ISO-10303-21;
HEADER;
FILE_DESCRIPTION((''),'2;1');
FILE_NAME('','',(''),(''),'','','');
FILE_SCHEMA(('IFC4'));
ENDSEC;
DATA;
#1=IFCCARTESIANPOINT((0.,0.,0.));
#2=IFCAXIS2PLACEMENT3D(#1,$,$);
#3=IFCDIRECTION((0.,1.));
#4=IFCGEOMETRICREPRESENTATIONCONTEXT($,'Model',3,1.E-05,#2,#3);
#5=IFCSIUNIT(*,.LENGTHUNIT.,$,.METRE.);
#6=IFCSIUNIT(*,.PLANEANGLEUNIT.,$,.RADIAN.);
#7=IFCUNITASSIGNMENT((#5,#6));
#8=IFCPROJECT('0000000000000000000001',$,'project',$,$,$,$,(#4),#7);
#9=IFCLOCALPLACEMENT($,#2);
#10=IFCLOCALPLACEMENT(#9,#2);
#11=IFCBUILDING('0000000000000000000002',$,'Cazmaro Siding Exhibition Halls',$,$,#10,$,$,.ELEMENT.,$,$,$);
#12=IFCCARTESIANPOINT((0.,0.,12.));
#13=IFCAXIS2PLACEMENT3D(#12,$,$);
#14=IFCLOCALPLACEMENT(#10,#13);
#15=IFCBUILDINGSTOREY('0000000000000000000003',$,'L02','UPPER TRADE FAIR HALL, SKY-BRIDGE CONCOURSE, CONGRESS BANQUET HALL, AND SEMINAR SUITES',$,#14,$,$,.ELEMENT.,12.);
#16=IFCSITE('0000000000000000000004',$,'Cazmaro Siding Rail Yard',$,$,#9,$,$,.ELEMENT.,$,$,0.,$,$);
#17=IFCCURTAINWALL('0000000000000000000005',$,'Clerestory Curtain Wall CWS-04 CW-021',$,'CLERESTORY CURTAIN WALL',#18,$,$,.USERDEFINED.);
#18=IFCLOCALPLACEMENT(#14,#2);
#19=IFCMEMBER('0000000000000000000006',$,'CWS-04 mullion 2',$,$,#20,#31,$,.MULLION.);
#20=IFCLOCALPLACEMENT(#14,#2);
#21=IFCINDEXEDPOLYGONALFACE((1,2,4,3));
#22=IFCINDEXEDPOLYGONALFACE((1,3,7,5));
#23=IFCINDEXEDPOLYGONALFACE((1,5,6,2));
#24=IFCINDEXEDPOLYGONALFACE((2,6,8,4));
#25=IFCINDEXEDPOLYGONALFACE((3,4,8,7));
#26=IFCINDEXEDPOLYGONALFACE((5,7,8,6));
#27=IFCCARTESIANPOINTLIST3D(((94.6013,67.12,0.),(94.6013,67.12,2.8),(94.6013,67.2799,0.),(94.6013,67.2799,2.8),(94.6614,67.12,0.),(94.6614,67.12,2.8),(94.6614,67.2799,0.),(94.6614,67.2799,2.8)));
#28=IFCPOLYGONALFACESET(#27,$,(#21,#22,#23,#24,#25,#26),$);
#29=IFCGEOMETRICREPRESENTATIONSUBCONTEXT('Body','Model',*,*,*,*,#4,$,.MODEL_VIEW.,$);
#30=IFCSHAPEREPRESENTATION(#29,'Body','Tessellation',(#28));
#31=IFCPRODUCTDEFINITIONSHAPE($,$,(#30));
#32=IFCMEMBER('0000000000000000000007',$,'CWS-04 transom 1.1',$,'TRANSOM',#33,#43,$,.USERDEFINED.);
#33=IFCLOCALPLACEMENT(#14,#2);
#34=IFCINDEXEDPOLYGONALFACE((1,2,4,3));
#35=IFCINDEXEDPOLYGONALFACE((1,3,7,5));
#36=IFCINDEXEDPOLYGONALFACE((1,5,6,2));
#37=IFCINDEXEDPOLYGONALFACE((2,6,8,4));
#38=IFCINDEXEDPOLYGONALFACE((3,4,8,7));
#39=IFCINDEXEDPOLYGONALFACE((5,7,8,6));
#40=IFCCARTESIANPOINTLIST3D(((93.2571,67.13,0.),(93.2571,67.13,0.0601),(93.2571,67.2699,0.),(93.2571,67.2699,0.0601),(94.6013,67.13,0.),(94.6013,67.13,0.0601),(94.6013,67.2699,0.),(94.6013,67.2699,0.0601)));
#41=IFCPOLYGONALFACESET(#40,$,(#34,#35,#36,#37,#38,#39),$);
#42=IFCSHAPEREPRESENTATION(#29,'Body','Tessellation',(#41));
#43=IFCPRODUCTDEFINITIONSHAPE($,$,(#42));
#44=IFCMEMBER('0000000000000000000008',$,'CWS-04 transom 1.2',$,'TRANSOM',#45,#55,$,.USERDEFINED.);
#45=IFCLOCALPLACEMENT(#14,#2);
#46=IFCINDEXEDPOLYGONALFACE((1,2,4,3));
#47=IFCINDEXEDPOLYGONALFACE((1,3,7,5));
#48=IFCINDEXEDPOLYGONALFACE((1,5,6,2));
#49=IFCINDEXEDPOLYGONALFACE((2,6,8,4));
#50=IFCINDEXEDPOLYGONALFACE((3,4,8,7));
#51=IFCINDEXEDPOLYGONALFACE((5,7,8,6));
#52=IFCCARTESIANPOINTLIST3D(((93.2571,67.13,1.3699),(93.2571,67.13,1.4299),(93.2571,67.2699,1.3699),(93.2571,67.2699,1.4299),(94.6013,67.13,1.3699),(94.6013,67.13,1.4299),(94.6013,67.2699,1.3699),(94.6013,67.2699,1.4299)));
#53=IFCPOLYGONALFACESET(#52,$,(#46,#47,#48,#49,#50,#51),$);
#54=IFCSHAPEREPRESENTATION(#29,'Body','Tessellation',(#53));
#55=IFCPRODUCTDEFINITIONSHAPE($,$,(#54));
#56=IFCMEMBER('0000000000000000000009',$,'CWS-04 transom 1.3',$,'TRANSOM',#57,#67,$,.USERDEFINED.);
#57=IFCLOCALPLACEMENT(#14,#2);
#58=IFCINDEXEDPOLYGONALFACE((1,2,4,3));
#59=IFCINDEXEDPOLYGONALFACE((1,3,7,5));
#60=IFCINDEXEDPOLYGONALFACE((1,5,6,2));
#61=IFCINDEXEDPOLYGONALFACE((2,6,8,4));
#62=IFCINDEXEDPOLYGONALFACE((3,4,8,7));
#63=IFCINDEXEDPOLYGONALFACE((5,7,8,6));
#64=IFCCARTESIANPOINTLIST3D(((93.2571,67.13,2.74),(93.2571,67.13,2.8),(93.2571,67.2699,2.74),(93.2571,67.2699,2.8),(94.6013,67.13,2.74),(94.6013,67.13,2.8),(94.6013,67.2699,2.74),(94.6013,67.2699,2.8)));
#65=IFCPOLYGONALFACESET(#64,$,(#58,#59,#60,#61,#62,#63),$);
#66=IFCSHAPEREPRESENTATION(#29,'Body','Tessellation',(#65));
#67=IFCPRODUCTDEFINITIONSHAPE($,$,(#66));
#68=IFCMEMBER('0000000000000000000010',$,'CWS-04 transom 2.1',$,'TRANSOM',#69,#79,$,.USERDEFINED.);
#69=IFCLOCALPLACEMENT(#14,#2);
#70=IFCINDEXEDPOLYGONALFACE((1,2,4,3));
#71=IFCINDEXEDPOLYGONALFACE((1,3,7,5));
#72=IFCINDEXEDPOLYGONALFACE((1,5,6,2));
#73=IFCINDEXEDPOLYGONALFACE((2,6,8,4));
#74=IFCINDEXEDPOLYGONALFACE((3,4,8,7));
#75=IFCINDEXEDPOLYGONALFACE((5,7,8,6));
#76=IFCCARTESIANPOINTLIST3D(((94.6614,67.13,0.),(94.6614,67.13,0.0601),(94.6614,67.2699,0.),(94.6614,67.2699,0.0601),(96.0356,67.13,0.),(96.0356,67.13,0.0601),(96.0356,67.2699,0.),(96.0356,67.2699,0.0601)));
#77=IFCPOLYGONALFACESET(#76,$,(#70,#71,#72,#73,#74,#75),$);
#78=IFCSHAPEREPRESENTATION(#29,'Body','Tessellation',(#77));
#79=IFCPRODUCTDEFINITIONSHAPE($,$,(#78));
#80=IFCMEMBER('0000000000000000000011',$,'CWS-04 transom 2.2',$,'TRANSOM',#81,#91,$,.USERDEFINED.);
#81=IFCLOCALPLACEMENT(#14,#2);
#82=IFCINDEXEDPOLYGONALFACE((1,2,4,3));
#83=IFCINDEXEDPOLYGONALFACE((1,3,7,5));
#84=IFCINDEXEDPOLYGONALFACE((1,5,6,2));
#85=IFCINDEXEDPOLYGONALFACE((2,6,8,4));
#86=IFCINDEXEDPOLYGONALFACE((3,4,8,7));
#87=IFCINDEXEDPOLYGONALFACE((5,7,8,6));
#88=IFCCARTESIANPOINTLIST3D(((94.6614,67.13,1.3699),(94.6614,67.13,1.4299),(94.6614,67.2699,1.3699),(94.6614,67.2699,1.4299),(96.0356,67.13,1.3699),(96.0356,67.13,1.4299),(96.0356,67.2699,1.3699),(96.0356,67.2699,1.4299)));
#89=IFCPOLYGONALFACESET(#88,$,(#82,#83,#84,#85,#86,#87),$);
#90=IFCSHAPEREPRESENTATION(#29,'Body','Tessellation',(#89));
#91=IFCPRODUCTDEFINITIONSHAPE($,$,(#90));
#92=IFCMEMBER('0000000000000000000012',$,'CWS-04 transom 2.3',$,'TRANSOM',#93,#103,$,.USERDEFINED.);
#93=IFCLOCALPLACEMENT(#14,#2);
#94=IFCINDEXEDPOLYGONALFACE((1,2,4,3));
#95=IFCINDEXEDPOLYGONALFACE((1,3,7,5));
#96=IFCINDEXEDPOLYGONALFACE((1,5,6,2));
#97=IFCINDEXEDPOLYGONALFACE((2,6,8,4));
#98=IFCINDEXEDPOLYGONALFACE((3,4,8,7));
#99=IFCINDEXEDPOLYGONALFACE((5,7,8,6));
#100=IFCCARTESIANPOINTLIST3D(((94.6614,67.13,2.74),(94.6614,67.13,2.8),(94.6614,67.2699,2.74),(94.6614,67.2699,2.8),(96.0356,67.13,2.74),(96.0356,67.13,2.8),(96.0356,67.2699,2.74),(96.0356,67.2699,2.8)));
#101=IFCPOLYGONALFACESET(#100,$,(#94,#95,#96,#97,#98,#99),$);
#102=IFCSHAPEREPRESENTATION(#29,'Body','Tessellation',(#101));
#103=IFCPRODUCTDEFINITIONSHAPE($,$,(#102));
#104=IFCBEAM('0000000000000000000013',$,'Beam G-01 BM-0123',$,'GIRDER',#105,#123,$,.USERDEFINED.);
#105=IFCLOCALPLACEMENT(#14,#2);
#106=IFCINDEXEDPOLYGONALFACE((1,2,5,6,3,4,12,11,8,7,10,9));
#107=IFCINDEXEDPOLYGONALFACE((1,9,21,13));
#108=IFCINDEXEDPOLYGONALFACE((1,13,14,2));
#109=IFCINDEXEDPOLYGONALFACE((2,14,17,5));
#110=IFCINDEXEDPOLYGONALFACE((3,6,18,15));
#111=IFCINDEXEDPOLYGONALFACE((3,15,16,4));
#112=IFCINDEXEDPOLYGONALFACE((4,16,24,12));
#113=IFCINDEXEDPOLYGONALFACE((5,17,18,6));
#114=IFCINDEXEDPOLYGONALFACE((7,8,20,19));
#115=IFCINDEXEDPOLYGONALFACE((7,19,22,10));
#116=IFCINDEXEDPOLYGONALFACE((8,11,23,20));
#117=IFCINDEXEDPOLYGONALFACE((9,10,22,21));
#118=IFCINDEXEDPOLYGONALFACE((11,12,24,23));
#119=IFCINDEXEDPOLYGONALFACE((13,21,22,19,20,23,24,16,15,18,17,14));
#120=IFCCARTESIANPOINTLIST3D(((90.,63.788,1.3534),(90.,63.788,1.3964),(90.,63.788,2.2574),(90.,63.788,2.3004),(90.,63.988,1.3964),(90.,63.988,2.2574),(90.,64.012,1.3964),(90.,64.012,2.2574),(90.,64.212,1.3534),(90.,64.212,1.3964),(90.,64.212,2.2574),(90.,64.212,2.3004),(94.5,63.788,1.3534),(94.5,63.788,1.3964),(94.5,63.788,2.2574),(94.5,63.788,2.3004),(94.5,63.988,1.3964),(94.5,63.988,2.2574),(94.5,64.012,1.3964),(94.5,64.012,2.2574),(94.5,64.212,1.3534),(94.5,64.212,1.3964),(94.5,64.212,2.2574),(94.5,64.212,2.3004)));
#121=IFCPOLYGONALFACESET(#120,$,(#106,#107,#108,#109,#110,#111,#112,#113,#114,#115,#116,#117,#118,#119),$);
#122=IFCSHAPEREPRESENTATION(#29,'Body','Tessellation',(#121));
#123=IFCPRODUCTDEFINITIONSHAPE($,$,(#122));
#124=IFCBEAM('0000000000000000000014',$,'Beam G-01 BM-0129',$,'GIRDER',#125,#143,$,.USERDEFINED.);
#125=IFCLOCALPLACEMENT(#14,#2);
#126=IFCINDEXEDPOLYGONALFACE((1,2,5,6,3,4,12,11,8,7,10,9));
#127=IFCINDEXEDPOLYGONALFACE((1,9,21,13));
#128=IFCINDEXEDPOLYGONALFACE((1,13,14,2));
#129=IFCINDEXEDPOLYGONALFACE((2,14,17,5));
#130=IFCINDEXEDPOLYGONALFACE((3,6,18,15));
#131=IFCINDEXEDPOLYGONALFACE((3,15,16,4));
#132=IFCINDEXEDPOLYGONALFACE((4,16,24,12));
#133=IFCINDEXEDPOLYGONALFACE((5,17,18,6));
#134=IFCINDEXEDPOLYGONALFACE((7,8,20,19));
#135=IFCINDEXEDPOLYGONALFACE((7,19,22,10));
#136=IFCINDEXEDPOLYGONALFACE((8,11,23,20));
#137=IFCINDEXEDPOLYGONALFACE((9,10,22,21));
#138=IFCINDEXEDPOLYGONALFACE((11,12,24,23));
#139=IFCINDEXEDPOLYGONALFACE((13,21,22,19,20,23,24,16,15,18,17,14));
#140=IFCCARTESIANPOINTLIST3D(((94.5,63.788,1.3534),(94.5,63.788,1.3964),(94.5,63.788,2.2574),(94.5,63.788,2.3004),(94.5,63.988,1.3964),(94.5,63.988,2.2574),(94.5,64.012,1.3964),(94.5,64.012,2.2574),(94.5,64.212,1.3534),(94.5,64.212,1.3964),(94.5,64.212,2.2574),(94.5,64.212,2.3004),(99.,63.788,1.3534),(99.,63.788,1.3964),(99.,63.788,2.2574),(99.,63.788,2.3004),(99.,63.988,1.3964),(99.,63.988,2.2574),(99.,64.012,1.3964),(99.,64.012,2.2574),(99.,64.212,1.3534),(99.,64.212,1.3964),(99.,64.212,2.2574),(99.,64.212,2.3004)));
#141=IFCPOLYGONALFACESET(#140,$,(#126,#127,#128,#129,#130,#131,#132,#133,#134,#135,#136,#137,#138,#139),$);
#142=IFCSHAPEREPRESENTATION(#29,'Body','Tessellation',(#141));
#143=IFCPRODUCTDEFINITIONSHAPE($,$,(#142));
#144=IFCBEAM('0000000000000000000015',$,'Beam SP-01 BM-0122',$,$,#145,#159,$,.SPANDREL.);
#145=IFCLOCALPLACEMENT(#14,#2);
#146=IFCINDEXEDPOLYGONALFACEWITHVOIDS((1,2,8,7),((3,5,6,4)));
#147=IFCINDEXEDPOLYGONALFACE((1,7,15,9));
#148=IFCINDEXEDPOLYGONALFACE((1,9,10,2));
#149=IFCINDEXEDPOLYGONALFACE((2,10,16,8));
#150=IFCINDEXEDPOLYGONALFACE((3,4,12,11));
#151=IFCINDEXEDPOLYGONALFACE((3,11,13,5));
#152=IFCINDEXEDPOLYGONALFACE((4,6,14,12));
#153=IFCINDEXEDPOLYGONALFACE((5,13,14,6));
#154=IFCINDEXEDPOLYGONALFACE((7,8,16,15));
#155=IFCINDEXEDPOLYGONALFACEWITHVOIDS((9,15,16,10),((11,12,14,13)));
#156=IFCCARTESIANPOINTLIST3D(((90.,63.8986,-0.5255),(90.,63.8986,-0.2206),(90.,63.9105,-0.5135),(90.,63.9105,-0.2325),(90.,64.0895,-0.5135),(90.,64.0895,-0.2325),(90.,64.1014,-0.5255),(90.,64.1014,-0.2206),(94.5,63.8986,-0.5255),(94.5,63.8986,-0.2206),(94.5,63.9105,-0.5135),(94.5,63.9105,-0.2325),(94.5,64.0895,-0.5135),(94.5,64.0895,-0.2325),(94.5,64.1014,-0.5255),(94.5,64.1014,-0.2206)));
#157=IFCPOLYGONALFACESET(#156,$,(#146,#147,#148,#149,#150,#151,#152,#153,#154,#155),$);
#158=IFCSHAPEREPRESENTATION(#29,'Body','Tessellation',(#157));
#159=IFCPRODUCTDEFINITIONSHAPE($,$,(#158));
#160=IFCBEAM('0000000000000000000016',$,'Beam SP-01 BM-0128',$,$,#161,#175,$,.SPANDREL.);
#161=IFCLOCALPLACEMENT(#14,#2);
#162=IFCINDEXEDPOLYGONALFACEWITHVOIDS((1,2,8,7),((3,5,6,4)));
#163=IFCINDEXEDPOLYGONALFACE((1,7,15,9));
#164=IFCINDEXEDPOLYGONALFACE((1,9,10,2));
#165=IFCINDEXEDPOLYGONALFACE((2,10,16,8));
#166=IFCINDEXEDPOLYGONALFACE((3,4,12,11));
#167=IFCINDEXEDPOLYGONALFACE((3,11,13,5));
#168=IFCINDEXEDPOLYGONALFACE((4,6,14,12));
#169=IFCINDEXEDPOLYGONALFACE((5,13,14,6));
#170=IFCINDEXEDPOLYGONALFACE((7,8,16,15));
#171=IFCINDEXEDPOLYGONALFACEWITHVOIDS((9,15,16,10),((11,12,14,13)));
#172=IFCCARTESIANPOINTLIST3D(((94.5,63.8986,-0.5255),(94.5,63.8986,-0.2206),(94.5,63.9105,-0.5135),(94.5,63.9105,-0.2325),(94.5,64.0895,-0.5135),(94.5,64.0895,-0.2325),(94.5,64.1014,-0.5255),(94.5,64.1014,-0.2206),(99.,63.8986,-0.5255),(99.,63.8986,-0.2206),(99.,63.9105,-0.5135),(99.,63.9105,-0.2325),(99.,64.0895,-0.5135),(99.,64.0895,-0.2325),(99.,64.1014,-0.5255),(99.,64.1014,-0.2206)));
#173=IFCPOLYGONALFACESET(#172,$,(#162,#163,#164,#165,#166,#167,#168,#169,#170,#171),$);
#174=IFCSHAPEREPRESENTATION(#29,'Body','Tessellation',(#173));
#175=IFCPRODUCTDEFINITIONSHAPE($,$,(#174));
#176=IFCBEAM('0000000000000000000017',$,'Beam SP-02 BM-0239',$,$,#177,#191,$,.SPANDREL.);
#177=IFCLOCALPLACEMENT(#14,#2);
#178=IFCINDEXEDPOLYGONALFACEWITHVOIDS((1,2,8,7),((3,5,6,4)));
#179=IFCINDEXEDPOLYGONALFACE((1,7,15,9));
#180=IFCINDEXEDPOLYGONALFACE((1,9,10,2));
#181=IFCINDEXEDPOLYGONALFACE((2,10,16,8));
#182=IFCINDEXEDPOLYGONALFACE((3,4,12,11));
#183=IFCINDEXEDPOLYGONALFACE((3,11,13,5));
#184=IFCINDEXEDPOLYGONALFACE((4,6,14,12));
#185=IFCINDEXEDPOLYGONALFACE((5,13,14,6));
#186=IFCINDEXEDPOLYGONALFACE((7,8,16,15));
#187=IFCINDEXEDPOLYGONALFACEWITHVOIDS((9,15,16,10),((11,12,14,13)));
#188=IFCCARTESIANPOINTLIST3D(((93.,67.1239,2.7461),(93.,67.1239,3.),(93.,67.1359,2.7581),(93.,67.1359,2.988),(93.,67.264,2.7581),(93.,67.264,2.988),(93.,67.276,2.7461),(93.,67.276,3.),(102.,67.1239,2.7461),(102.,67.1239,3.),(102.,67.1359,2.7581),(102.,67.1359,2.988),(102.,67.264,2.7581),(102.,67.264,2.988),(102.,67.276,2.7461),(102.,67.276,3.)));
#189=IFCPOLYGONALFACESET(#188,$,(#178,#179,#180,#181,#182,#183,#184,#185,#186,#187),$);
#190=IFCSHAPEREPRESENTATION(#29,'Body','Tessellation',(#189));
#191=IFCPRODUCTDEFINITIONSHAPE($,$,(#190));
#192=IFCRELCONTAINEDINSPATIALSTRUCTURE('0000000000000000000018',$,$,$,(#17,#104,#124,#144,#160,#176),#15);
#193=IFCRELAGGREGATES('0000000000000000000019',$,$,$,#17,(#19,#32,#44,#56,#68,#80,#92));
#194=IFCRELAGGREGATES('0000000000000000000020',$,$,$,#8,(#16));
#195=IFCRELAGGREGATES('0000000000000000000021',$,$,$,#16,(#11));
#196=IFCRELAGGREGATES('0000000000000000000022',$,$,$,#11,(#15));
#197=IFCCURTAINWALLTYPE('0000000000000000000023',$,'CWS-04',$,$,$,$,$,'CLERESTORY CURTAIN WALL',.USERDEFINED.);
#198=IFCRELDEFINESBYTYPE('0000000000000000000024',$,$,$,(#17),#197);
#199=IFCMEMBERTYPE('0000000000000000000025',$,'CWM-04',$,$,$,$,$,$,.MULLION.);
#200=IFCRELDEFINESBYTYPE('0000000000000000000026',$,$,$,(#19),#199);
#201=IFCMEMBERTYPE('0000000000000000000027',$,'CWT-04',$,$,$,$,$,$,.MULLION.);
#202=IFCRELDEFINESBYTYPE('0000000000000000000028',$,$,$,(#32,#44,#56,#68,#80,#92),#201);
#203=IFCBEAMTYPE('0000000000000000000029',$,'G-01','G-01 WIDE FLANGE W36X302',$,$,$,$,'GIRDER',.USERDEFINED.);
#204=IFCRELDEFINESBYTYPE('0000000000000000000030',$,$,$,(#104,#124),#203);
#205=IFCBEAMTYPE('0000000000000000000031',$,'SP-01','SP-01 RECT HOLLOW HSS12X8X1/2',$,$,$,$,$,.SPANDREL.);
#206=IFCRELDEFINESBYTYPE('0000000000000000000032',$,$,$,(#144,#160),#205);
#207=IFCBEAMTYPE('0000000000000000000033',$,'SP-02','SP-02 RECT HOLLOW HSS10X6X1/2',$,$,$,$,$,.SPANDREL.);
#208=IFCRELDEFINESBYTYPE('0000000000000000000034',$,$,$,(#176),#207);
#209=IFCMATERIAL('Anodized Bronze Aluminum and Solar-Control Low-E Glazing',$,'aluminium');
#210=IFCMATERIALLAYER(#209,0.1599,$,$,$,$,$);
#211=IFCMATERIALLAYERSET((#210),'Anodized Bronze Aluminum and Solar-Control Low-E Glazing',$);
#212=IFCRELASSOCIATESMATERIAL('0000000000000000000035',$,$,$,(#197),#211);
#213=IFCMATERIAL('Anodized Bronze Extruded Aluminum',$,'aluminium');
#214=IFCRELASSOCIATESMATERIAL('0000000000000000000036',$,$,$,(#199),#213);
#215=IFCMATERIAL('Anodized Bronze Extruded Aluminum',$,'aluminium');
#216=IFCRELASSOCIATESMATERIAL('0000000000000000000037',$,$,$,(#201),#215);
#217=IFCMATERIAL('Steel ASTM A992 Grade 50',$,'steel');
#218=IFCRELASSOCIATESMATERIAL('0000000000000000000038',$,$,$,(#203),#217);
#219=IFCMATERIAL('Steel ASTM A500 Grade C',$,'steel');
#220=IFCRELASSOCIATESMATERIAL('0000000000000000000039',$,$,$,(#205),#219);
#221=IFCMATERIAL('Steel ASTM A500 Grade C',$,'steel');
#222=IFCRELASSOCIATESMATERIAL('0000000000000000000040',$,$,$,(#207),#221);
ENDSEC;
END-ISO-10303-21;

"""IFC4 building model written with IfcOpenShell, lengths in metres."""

from ifc_helpers import new_model, si_unit, direction, frame, origin, origin_2d, place, context, subcontext, project, spatial, rectangle, hollow_rectangle, i_section, extrude, material, layer, layer_set, material_profile, profile_set, type_object, element, aggregate, save


model = new_model("IFC4")

# Units and contexts
model_context = context("Model", 3, precision=1e-05, world=origin(), true_north=direction((0.0, 1.0)))
body_context = subcontext(model_context, "Body", "Model", "MODEL_VIEW")
ifc_project = project(units=[si_unit("LENGTHUNIT", "METRE"), si_unit("PLANEANGLEUNIT", "RADIAN")], contexts=[model_context])

# Site, building, storey
site_placement = place(None, origin())
site = spatial("IfcSite", under=ifc_project, at=site_placement, Name="Cazmaro Siding Rail Yard", CompositionType="ELEMENT", RefElevation=0.0)
building_placement = place(site_placement, origin())
building = spatial("IfcBuilding", under=site, at=building_placement, Name="Cazmaro Siding Exhibition Halls", CompositionType="ELEMENT")
storey_placement = place(building_placement, frame((0.0, 0.0, 12.0)))
storey = spatial("IfcBuildingStorey", under=building, at=storey_placement, Name="L02", Description="UPPER TRADE FAIR HALL, SKY-BRIDGE CONCOURSE, CONGRESS BANQUET HALL, AND SEMINAR SUITES", CompositionType="ELEMENT", Elevation=12.0)

# Curtain wall, members
ifc_material_1 = material(Name="Anodized Bronze Aluminum and Solar-Control Low-E Glazing", Category="aluminium")
ifc_layer_1 = layer(ifc_material_1, 0.1599)
ifc_layer_set_1 = layer_set([ifc_layer_1], Name="Anodized Bronze Aluminum and Solar-Control Low-E Glazing")
curtain_wall_type = type_object("IfcCurtainWallType", Name="CWS-04", ElementType="CLERESTORY CURTAIN WALL", PredefinedType="USERDEFINED", material=ifc_layer_set_1)
curtain_wall_placement = place(storey_placement, origin())
curtain_wall = element("IfcCurtainWall", 1, at=curtain_wall_placement, inside=storey, type_object=curtain_wall_type, Name="Clerestory Curtain Wall CWS-04 CW-021", ObjectType="CLERESTORY CURTAIN WALL", PredefinedType="USERDEFINED")
ifc_material_2 = material(Name="Anodized Bronze Extruded Aluminum", Category="aluminium")
ifc_material_profile_1 = material_profile(ifc_material_2, rectangle(XDim=0.1599, YDim=0.0601, at=origin_2d()), Name="CWM-04")
ifc_profile_set_1 = profile_set([ifc_material_profile_1], Name="Anodized Bronze Extruded Aluminum")
member_type_1 = type_object("IfcMemberType", Name="CWM-04", PredefinedType="MULLION", material=ifc_profile_set_1)
member_1_placement = place(storey_placement, frame((94.6313, 67.2, 0.0), z_axis=(0.0, 0.0, 1.0), x_axis=(0.0, 1.0, 0.0)))
member_1 = element("IfcMember", 2, at=member_1_placement, type_object=member_type_1, Name="CWS-04 mullion 2", PredefinedType="MULLION", context=body_context, shape_type="SweptSolid", body=[
    extrude(rectangle(XDim=0.1599, YDim=0.0601, at=origin_2d()), origin(), (0.0, 0.0, 1.0), 2.8),
])
ifc_material_3 = material(Name="Anodized Bronze Extruded Aluminum", Category="aluminium")
ifc_material_profile_2 = material_profile(ifc_material_3, rectangle(XDim=0.1399, YDim=0.0601, at=origin_2d()), Name="CWT-04")
ifc_profile_set_2 = profile_set([ifc_material_profile_2], Name="Anodized Bronze Extruded Aluminum")
member_type_2 = type_object("IfcMemberType", Name="CWT-04", PredefinedType="MULLION", material=ifc_profile_set_2)
member_2_placement = place(storey_placement, frame((93.2571, 67.2, 0.03), z_axis=(1.0, 0.0, 0.0), x_axis=(0.0, 1.0, 0.0)))
member_2 = element("IfcMember", 3, at=member_2_placement, type_object=member_type_2, Name="CWS-04 transom 1.1", ObjectType="TRANSOM", PredefinedType="USERDEFINED", context=body_context, shape_type="SweptSolid", body=[
    extrude(rectangle(XDim=0.1399, YDim=0.0601, at=origin_2d()), origin(), (0.0, 0.0, 1.0), 1.3442),
])
member_3_placement = place(storey_placement, frame((93.2571, 67.2, 1.3999), z_axis=(1.0, 0.0, 0.0), x_axis=(0.0, 1.0, 0.0)))
member_3 = element("IfcMember", 4, at=member_3_placement, type_object=member_type_2, Name="CWS-04 transom 1.2", ObjectType="TRANSOM", PredefinedType="USERDEFINED", context=body_context, shape_type="SweptSolid", body=[
    extrude(rectangle(XDim=0.1399, YDim=0.0601, at=origin_2d()), origin(), (0.0, 0.0, 1.0), 1.3442),
])
member_4_placement = place(storey_placement, frame((93.2571, 67.2, 2.77), z_axis=(1.0, 0.0, 0.0), x_axis=(0.0, 1.0, 0.0)))
member_4 = element("IfcMember", 5, at=member_4_placement, type_object=member_type_2, Name="CWS-04 transom 1.3", ObjectType="TRANSOM", PredefinedType="USERDEFINED", context=body_context, shape_type="SweptSolid", body=[
    extrude(rectangle(XDim=0.1399, YDim=0.0601, at=origin_2d()), origin(), (0.0, 0.0, 1.0), 1.3442),
])
member_5_placement = place(storey_placement, frame((94.6614, 67.2, 0.03), z_axis=(1.0, 0.0, 0.0), x_axis=(0.0, 1.0, 0.0)))
member_5 = element("IfcMember", 6, at=member_5_placement, type_object=member_type_2, Name="CWS-04 transom 2.1", ObjectType="TRANSOM", PredefinedType="USERDEFINED", context=body_context, shape_type="SweptSolid", body=[
    extrude(rectangle(XDim=0.1399, YDim=0.0601, at=origin_2d()), origin(), (0.0, 0.0, 1.0), 1.3743),
])
member_6_placement = place(storey_placement, frame((94.6614, 67.2, 1.3999), z_axis=(1.0, 0.0, 0.0), x_axis=(0.0, 1.0, 0.0)))
member_6 = element("IfcMember", 7, at=member_6_placement, type_object=member_type_2, Name="CWS-04 transom 2.2", ObjectType="TRANSOM", PredefinedType="USERDEFINED", context=body_context, shape_type="SweptSolid", body=[
    extrude(rectangle(XDim=0.1399, YDim=0.0601, at=origin_2d()), origin(), (0.0, 0.0, 1.0), 1.3743),
])
member_7_placement = place(storey_placement, frame((94.6614, 67.2, 2.77), z_axis=(1.0, 0.0, 0.0), x_axis=(0.0, 1.0, 0.0)))
member_7 = element("IfcMember", 8, at=member_7_placement, type_object=member_type_2, Name="CWS-04 transom 2.3", ObjectType="TRANSOM", PredefinedType="USERDEFINED", context=body_context, shape_type="SweptSolid", body=[
    extrude(rectangle(XDim=0.1399, YDim=0.0601, at=origin_2d()), origin(), (0.0, 0.0, 1.0), 1.3743),
])

# Beams
ifc_material_4 = material(Name="Steel ASTM A992 Grade 50", Category="steel")
ifc_material_profile_3 = material_profile(ifc_material_4, i_section(OverallWidth=0.4241, OverallDepth=0.947, WebThickness=0.0239, FlangeThickness=0.043, at=origin_2d()), Name="W36X302")
ifc_profile_set_3 = profile_set([ifc_material_profile_3], Name="Steel ASTM A992 Grade 50")
beam_type_1 = type_object("IfcBeamType", Name="G-01", Description="G-01 WIDE FLANGE W36X302", ElementType="GIRDER", PredefinedType="USERDEFINED", material=ifc_profile_set_3)
for number, where, z_axis, x_axis, name in (
    (9, (90.0, 64.0, 1.8269), (1.0, 0.0, 0.0), (0.0, 1.0, 0.0), "Beam G-01 BM-0123"),
    (10, (94.5, 64.0, 1.8269), (1.0, 0.0, 0.0), (0.0, 1.0, 0.0), "Beam G-01 BM-0129"),
):
    element("IfcBeam", number, at=place(storey_placement, frame(where, z_axis=z_axis, x_axis=x_axis)), inside=storey, type_object=beam_type_1, Name=name, ObjectType="GIRDER", PredefinedType="USERDEFINED", context=body_context, shape_type="SweptSolid", body=[
        extrude(i_section(OverallWidth=0.4241, OverallDepth=0.947, WebThickness=0.0239, FlangeThickness=0.043, at=origin_2d()), origin(), (0.0, 0.0, 1.0), 4.5),
    ])
ifc_material_5 = material(Name="Steel ASTM A500 Grade C", Category="steel")
ifc_material_profile_4 = material_profile(ifc_material_5, hollow_rectangle(XDim=0.2029, YDim=0.3049, WallThickness=0.012, at=origin_2d()), Name="HSS12X8X1/2")
ifc_profile_set_4 = profile_set([ifc_material_profile_4], Name="Steel ASTM A500 Grade C")
beam_type_2 = type_object("IfcBeamType", Name="SP-01", Description="SP-01 RECT HOLLOW HSS12X8X1/2", PredefinedType="SPANDREL", material=ifc_profile_set_4)
for number, where, z_axis, x_axis, name in (
    (11, (90.0, 64.0, -0.373), (1.0, 0.0, 0.0), (0.0, 1.0, 0.0), "Beam SP-01 BM-0122"),
    (12, (94.5, 64.0, -0.373), (1.0, 0.0, 0.0), (0.0, 1.0, 0.0), "Beam SP-01 BM-0128"),
):
    element("IfcBeam", number, at=place(storey_placement, frame(where, z_axis=z_axis, x_axis=x_axis)), inside=storey, type_object=beam_type_2, Name=name, PredefinedType="SPANDREL", context=body_context, shape_type="SweptSolid", body=[
        extrude(hollow_rectangle(XDim=0.2029, YDim=0.3049, WallThickness=0.012, at=origin_2d()), origin(), (0.0, 0.0, 1.0), 4.5),
    ])
ifc_material_6 = material(Name="Steel ASTM A500 Grade C", Category="steel")
ifc_material_profile_5 = material_profile(ifc_material_6, hollow_rectangle(XDim=0.1521, YDim=0.2539, WallThickness=0.012, at=origin_2d()), Name="HSS10X6X1/2")
ifc_profile_set_5 = profile_set([ifc_material_profile_5], Name="Steel ASTM A500 Grade C")
beam_type_3 = type_object("IfcBeamType", Name="SP-02", Description="SP-02 RECT HOLLOW HSS10X6X1/2", PredefinedType="SPANDREL", material=ifc_profile_set_5)
beam_1_placement = place(storey_placement, frame((93.0, 67.2, 2.873), z_axis=(1.0, 0.0, 0.0), x_axis=(0.0, 1.0, 0.0)))
element("IfcBeam", 13, at=beam_1_placement, inside=storey, type_object=beam_type_3, Name="Beam SP-02 BM-0239", PredefinedType="SPANDREL", context=body_context, shape_type="SweptSolid", body=[
    extrude(hollow_rectangle(XDim=0.1521, YDim=0.2539, WallThickness=0.012, at=origin_2d()), origin(), (0.0, 0.0, 1.0), 9.0),
])

aggregate(curtain_wall, [member_1, member_2, member_3, member_4, member_5, member_6, member_7])

save(model, "model.ifc")
